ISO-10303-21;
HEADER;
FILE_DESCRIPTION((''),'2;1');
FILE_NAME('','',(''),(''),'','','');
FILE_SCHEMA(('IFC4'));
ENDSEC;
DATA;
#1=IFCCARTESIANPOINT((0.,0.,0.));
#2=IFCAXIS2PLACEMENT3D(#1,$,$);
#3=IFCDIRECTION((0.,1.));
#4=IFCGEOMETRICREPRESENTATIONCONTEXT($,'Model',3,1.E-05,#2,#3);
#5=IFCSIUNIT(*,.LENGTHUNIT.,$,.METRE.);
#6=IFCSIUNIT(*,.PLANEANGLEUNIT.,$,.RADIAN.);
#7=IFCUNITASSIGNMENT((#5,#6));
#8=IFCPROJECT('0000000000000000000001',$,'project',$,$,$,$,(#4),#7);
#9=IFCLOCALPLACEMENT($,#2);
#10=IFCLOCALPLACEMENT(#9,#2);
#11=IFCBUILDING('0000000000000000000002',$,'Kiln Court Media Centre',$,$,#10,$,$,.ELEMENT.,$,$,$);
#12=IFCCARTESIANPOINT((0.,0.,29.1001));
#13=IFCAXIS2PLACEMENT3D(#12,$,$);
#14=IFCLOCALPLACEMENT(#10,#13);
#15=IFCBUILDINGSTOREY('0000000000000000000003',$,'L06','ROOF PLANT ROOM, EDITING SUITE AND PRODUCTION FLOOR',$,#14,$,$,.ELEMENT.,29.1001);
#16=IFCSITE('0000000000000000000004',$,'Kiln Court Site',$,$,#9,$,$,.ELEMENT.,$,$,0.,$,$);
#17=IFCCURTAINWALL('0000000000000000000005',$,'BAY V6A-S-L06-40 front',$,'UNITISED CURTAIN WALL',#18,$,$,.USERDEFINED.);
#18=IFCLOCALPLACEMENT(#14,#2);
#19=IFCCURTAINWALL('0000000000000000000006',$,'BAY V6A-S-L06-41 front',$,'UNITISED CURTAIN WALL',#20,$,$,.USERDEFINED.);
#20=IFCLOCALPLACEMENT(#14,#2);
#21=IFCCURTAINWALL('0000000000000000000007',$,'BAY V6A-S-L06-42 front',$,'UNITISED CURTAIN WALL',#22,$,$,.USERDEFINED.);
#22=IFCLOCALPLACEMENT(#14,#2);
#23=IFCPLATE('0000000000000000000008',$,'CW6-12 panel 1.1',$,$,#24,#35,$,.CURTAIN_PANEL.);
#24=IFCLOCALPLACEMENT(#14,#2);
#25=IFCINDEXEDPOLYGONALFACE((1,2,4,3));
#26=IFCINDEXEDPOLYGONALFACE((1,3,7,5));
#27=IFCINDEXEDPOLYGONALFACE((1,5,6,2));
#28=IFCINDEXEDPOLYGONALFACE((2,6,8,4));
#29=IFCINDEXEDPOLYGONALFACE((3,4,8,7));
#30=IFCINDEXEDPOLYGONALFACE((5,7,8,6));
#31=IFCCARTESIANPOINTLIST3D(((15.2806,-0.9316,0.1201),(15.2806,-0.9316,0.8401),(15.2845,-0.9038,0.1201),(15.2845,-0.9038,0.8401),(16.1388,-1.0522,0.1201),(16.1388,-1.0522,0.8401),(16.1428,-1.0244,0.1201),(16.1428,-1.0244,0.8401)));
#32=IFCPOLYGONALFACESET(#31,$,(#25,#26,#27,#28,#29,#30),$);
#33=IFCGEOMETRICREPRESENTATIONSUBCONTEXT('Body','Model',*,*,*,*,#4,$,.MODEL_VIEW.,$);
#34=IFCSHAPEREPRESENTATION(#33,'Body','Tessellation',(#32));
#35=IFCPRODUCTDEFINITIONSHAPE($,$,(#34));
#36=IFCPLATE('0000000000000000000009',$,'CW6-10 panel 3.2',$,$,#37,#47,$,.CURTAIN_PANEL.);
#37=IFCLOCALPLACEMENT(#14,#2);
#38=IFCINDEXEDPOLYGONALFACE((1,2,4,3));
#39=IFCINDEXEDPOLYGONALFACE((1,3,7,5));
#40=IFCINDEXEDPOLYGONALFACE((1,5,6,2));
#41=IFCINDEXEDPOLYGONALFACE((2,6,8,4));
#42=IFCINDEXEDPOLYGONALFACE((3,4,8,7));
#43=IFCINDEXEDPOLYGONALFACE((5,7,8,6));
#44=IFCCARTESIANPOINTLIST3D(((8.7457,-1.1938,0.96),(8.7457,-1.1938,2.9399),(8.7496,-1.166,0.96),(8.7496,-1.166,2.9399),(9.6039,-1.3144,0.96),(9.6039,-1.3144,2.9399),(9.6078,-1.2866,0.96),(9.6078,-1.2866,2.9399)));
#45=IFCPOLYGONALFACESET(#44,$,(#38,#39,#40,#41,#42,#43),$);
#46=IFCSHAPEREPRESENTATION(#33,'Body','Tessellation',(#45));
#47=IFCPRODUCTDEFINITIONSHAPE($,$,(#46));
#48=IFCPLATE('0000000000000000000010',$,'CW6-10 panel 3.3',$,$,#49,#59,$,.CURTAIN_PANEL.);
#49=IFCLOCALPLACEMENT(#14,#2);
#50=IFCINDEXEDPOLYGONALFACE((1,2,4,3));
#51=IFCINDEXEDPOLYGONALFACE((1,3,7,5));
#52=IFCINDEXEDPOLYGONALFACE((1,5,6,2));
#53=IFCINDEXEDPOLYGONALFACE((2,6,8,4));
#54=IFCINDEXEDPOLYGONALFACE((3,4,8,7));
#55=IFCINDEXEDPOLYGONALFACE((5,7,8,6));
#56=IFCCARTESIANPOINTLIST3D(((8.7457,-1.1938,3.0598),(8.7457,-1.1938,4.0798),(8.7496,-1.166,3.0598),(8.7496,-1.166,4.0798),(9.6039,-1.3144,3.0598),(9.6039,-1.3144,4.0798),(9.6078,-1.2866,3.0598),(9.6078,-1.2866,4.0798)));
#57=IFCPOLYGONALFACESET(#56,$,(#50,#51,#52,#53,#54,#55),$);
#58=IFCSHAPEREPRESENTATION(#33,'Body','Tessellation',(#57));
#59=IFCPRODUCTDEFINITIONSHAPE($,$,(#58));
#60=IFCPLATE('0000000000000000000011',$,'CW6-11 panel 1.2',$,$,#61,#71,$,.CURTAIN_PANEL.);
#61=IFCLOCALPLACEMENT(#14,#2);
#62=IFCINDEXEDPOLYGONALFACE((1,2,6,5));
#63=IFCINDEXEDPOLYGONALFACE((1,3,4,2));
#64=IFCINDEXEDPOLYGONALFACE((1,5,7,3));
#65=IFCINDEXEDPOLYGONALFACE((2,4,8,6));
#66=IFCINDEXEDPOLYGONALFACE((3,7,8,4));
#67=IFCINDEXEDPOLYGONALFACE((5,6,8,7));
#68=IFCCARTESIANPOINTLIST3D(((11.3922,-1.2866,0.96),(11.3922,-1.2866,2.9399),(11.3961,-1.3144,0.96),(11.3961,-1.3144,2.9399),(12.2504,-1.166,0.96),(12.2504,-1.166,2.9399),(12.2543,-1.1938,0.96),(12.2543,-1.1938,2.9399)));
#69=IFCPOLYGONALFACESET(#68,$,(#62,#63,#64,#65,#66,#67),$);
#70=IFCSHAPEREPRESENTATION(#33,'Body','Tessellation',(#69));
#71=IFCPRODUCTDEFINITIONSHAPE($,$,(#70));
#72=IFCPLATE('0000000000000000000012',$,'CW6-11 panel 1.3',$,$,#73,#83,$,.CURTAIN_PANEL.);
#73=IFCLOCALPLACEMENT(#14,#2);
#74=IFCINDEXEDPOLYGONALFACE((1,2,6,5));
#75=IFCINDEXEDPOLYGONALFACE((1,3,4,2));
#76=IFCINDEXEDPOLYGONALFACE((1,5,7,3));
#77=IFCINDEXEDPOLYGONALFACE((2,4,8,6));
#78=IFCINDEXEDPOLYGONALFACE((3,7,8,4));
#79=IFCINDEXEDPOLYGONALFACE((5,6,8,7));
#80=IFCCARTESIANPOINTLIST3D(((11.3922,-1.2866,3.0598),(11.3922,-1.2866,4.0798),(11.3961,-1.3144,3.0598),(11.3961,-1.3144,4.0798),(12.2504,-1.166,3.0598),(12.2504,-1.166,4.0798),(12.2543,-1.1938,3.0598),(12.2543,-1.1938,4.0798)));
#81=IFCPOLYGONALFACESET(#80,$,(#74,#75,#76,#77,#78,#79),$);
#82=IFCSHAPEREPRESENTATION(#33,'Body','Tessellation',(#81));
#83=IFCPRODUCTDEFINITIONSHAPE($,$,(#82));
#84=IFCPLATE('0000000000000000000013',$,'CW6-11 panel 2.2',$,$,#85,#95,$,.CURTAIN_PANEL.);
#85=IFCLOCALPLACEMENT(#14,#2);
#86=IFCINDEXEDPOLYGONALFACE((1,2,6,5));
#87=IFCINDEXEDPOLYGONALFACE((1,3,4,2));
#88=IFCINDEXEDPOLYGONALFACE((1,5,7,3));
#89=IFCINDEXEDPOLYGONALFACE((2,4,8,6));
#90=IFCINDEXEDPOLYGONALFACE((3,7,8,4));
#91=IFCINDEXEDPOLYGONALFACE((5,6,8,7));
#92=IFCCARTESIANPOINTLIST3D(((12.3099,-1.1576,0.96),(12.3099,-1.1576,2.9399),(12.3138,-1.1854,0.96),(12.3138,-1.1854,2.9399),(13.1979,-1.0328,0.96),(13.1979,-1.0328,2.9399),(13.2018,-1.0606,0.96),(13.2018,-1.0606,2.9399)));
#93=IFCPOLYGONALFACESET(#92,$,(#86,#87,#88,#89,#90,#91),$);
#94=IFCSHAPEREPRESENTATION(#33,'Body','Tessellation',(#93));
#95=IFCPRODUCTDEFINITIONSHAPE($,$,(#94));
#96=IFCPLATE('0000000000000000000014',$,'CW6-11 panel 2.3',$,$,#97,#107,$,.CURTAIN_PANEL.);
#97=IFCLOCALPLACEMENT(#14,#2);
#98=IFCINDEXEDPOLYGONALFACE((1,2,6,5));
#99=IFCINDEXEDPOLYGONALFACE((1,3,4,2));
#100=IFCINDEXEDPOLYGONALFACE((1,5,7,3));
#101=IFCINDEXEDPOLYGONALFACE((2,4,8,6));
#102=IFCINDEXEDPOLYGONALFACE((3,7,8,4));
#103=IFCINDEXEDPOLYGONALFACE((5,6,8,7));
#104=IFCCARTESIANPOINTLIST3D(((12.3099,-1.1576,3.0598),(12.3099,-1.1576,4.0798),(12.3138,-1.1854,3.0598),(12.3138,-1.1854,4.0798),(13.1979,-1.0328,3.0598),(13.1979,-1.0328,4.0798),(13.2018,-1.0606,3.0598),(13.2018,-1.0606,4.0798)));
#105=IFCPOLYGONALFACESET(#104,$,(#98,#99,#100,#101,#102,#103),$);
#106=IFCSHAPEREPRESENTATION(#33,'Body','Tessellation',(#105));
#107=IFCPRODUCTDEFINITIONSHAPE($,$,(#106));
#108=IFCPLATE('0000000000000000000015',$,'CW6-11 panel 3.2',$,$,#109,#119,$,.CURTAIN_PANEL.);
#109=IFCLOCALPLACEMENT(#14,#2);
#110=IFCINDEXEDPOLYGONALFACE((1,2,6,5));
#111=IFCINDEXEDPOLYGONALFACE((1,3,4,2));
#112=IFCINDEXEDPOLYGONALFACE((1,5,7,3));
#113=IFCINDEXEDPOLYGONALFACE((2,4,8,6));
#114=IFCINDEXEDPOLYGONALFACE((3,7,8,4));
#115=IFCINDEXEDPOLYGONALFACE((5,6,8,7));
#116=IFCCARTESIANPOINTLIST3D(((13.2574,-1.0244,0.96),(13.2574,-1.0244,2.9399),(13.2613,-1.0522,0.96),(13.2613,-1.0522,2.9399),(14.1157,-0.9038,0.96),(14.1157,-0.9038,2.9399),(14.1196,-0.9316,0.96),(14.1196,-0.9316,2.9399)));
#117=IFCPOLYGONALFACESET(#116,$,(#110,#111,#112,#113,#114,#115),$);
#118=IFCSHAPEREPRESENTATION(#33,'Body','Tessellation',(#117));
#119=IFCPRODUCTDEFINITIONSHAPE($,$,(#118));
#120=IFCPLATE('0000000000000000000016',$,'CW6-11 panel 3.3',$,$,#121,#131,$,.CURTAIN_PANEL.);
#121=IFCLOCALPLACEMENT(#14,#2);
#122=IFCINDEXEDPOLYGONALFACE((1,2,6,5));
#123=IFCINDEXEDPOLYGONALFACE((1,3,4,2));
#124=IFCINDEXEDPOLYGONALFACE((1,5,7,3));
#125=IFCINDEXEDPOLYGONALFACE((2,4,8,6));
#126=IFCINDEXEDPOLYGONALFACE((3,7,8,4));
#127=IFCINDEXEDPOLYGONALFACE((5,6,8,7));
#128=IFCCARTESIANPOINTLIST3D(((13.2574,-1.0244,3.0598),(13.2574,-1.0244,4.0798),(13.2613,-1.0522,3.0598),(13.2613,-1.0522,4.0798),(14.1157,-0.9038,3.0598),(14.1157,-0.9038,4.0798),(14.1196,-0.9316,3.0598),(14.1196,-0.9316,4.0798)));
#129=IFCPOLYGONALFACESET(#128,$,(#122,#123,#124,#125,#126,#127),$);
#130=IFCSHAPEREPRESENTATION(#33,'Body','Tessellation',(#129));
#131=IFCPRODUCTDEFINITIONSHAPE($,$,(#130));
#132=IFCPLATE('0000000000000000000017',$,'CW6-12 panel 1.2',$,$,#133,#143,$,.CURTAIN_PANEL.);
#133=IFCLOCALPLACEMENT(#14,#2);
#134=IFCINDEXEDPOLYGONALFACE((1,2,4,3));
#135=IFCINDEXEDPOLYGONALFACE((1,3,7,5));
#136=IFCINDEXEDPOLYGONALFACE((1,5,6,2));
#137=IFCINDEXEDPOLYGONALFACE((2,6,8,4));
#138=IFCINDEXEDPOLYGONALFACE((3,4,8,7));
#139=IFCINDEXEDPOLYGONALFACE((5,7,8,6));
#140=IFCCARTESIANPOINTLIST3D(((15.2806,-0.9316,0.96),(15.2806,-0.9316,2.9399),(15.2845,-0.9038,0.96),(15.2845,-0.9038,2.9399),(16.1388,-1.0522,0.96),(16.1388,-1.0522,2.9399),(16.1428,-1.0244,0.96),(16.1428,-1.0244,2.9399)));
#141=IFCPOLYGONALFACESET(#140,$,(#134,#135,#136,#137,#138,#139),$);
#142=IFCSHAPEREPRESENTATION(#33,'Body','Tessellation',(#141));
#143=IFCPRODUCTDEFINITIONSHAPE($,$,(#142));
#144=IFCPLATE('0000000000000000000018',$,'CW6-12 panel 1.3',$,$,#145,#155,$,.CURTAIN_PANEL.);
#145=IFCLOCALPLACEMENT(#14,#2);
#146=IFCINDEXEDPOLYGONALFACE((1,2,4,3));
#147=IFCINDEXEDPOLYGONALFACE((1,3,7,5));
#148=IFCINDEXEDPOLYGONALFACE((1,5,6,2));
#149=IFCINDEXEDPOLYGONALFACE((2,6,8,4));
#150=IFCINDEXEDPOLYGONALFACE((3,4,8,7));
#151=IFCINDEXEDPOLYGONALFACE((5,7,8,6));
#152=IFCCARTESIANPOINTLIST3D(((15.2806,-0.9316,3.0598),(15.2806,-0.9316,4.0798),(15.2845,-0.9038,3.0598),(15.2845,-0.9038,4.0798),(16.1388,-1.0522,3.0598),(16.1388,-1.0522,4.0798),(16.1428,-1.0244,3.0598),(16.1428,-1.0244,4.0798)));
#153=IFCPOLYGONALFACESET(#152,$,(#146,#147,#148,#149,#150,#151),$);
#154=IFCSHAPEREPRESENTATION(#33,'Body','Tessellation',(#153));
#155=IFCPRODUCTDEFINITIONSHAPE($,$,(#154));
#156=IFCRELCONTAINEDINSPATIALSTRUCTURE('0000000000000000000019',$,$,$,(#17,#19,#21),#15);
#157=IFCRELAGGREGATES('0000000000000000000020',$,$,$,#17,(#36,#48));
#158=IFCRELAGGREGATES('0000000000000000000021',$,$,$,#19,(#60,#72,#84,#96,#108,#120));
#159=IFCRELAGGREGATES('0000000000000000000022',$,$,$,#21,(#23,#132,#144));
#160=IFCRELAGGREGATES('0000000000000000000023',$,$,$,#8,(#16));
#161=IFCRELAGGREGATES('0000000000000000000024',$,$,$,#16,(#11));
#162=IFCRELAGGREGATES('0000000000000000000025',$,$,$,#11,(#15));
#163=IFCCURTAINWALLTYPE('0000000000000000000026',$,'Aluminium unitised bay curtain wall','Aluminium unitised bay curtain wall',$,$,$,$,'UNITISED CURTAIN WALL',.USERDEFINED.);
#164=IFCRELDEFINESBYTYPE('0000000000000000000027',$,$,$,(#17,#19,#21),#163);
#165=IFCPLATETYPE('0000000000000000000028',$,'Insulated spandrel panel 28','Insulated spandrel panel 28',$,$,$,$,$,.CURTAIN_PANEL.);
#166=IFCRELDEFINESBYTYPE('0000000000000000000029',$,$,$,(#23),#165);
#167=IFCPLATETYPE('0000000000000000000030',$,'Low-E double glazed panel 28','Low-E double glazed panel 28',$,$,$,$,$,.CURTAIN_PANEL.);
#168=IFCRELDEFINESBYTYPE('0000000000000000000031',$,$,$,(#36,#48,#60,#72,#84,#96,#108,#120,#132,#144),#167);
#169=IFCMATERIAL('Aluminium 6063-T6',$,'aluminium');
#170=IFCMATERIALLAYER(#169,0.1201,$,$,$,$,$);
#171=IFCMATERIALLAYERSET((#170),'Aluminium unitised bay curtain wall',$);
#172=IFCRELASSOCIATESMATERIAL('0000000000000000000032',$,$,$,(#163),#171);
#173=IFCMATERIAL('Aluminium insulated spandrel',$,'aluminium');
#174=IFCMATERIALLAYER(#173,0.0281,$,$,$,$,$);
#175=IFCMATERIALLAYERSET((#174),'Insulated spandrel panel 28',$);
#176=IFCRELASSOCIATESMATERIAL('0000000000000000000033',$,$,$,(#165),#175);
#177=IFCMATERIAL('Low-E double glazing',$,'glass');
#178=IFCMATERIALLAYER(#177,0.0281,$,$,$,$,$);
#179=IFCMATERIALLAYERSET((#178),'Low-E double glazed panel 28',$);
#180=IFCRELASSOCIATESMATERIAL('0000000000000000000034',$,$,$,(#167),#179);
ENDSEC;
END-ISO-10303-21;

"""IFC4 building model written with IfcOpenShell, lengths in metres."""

from ifc_helpers import new_model, si_unit, direction, frame, origin, origin_2d, place, context, subcontext, project, spatial, rectangle, extrude, material, layer, layer_set, type_object, element, aggregate, save


model = new_model("IFC4")

# Units and contexts
model_context = context("Model", 3, precision=1e-05, world=origin(), true_north=direction((0.0, 1.0)))
body_context = subcontext(model_context, "Body", "Model", "MODEL_VIEW")
ifc_project = project(units=[si_unit("LENGTHUNIT", "METRE"), si_unit("PLANEANGLEUNIT", "RADIAN")], contexts=[model_context])

# Site, building, storey
site_placement = place(None, origin())
site = spatial("IfcSite", under=ifc_project, at=site_placement, Name="Kiln Court Site", CompositionType="ELEMENT", RefElevation=0.0)
building_placement = place(site_placement, origin())
building = spatial("IfcBuilding", under=site, at=building_placement, Name="Kiln Court Media Centre", CompositionType="ELEMENT")
storey_placement = place(building_placement, frame((0.0, 0.0, 29.1001)))
storey = spatial("IfcBuildingStorey", under=building, at=storey_placement, Name="L06", Description="ROOF PLANT ROOM, EDITING SUITE AND PRODUCTION FLOOR", CompositionType="ELEMENT", Elevation=29.1001)

# Curtain wall
ifc_material_1 = material(Name="Aluminium 6063-T6", Category="aluminium")
ifc_layer_1 = layer(ifc_material_1, 0.1201)
ifc_layer_set_1 = layer_set([ifc_layer_1], Name="Aluminium unitised bay curtain wall")
curtain_wall_type = type_object("IfcCurtainWallType", Name="Aluminium unitised bay curtain wall", Description="Aluminium unitised bay curtain wall", ElementType="UNITISED CURTAIN WALL", PredefinedType="USERDEFINED", material=ifc_layer_set_1)
curtain_wall_1_placement = place(storey_placement, origin())
curtain_wall_1 = element("IfcCurtainWall", 1, at=curtain_wall_1_placement, inside=storey, type_object=curtain_wall_type, Name="BAY V6A-S-L06-40 front", ObjectType="UNITISED CURTAIN WALL", PredefinedType="USERDEFINED")

# Curtain wall
curtain_wall_2_placement = place(storey_placement, origin())
curtain_wall_2 = element("IfcCurtainWall", 2, at=curtain_wall_2_placement, inside=storey, type_object=curtain_wall_type, Name="BAY V6A-S-L06-41 front", ObjectType="UNITISED CURTAIN WALL", PredefinedType="USERDEFINED")

# Curtain wall
curtain_wall_3_placement = place(storey_placement, origin())
curtain_wall_3 = element("IfcCurtainWall", 3, at=curtain_wall_3_placement, inside=storey, type_object=curtain_wall_type, Name="BAY V6A-S-L06-42 front", ObjectType="UNITISED CURTAIN WALL", PredefinedType="USERDEFINED")

# Plates
ifc_material_2 = material(Name="Aluminium insulated spandrel", Category="aluminium")
ifc_layer_2 = layer(ifc_material_2, 0.0281)
ifc_layer_set_2 = layer_set([ifc_layer_2], Name="Insulated spandrel panel 28")
plate_type_1 = type_object("IfcPlateType", Name="Insulated spandrel panel 28", Description="Insulated spandrel panel 28", PredefinedType="CURTAIN_PANEL", material=ifc_layer_set_2)
plate_1_placement = place(storey_placement, frame((15.7117, -0.978, 0.1201), z_axis=(0.0, 0.0, 1.0), x_axis=(0.99027, -0.139162, 0.0)))
plate_1 = element("IfcPlate", 4, at=plate_1_placement, type_object=plate_type_1, Name="CW6-12 panel 1.1", PredefinedType="CURTAIN_PANEL", context=body_context, shape_type="SweptSolid", body=[
    extrude(rectangle(XDim=0.8667, YDim=0.0281, at=origin_2d()), origin(), (0.0, 0.0, 1.0), 0.72),
])
ifc_material_3 = material(Name="Low-E double glazing", Category="glass")
ifc_layer_3 = layer(ifc_material_3, 0.0281)
ifc_layer_set_3 = layer_set([ifc_layer_3], Name="Low-E double glazed panel 28")
plate_type_2 = type_object("IfcPlateType", Name="Low-E double glazed panel 28", Description="Low-E double glazed panel 28", PredefinedType="CURTAIN_PANEL", material=ifc_layer_set_3)
plate_2_placement = place(storey_placement, frame((9.1768, -1.2402, 0.96), z_axis=(0.0, 0.0, 1.0), x_axis=(0.99027, -0.139162, 0.0)))
plate_2 = element("IfcPlate", 5, at=plate_2_placement, type_object=plate_type_2, Name="CW6-10 panel 3.2", PredefinedType="CURTAIN_PANEL", context=body_context, shape_type="SweptSolid", body=[
    extrude(rectangle(XDim=0.8667, YDim=0.0281, at=origin_2d()), origin(), (0.0, 0.0, 1.0), 1.98),
])
plate_3_placement = place(storey_placement, frame((9.1768, -1.2402, 3.0598), z_axis=(0.0, 0.0, 1.0), x_axis=(0.99027, -0.139162, 0.0)))
plate_3 = element("IfcPlate", 6, at=plate_3_placement, type_object=plate_type_2, Name="CW6-10 panel 3.3", PredefinedType="CURTAIN_PANEL", context=body_context, shape_type="SweptSolid", body=[
    extrude(rectangle(XDim=0.8667, YDim=0.0281, at=origin_2d()), origin(), (0.0, 0.0, 1.0), 1.02),
])
aggregate(curtain_wall_1, [plate_2, plate_3])
plate_4_placement = place(storey_placement, frame((11.8232, -1.2402, 0.96), z_axis=(0.0, 0.0, 1.0), x_axis=(0.99027, 0.139162, 0.0)))
plate_4 = element("IfcPlate", 7, at=plate_4_placement, type_object=plate_type_2, Name="CW6-11 panel 1.2", PredefinedType="CURTAIN_PANEL", context=body_context, shape_type="SweptSolid", body=[
    extrude(rectangle(XDim=0.8667, YDim=0.0281, at=origin_2d()), origin(), (0.0, 0.0, 1.0), 1.98),
])
plate_5_placement = place(storey_placement, frame((11.8232, -1.2402, 3.0598), z_axis=(0.0, 0.0, 1.0), x_axis=(0.99027, 0.139162, 0.0)))
plate_5 = element("IfcPlate", 8, at=plate_5_placement, type_object=plate_type_2, Name="CW6-11 panel 1.3", PredefinedType="CURTAIN_PANEL", context=body_context, shape_type="SweptSolid", body=[
    extrude(rectangle(XDim=0.8667, YDim=0.0281, at=origin_2d()), origin(), (0.0, 0.0, 1.0), 1.02),
])
plate_6_placement = place(storey_placement, frame((12.7559, -1.1091, 0.96), z_axis=(0.0, 0.0, 1.0), x_axis=(0.99027, 0.139162, 0.0)))
plate_6 = element("IfcPlate", 9, at=plate_6_placement, type_object=plate_type_2, Name="CW6-11 panel 2.2", PredefinedType="CURTAIN_PANEL", context=body_context, shape_type="SweptSolid", body=[
    extrude(rectangle(XDim=0.8967, YDim=0.0281, at=origin_2d()), origin(), (0.0, 0.0, 1.0), 1.98),
])
plate_7_placement = place(storey_placement, frame((12.7559, -1.1091, 3.0598), z_axis=(0.0, 0.0, 1.0), x_axis=(0.99027, 0.139162, 0.0)))
plate_7 = element("IfcPlate", 10, at=plate_7_placement, type_object=plate_type_2, Name="CW6-11 panel 2.3", PredefinedType="CURTAIN_PANEL", context=body_context, shape_type="SweptSolid", body=[
    extrude(rectangle(XDim=0.8967, YDim=0.0281, at=origin_2d()), origin(), (0.0, 0.0, 1.0), 1.02),
])
plate_8_placement = place(storey_placement, frame((13.6885, -0.978, 0.96), z_axis=(0.0, 0.0, 1.0), x_axis=(0.99027, 0.139162, 0.0)))
plate_8 = element("IfcPlate", 11, at=plate_8_placement, type_object=plate_type_2, Name="CW6-11 panel 3.2", PredefinedType="CURTAIN_PANEL", context=body_context, shape_type="SweptSolid", body=[
    extrude(rectangle(XDim=0.8667, YDim=0.0281, at=origin_2d()), origin(), (0.0, 0.0, 1.0), 1.98),
])
plate_9_placement = place(storey_placement, frame((13.6885, -0.978, 3.0598), z_axis=(0.0, 0.0, 1.0), x_axis=(0.99027, 0.139162, 0.0)))
plate_9 = element("IfcPlate", 12, at=plate_9_placement, type_object=plate_type_2, Name="CW6-11 panel 3.3", PredefinedType="CURTAIN_PANEL", context=body_context, shape_type="SweptSolid", body=[
    extrude(rectangle(XDim=0.8667, YDim=0.0281, at=origin_2d()), origin(), (0.0, 0.0, 1.0), 1.02),
])
aggregate(curtain_wall_2, [plate_4, plate_5, plate_6, plate_7, plate_8, plate_9])
plate_10_placement = place(storey_placement, frame((15.7117, -0.978, 0.96), z_axis=(0.0, 0.0, 1.0), x_axis=(0.99027, -0.139162, 0.0)))
plate_10 = element("IfcPlate", 13, at=plate_10_placement, type_object=plate_type_2, Name="CW6-12 panel 1.2", PredefinedType="CURTAIN_PANEL", context=body_context, shape_type="SweptSolid", body=[
    extrude(rectangle(XDim=0.8667, YDim=0.0281, at=origin_2d()), origin(), (0.0, 0.0, 1.0), 1.98),
])
plate_11_placement = place(storey_placement, frame((15.7117, -0.978, 3.0598), z_axis=(0.0, 0.0, 1.0), x_axis=(0.99027, -0.139162, 0.0)))
plate_11 = element("IfcPlate", 14, at=plate_11_placement, type_object=plate_type_2, Name="CW6-12 panel 1.3", PredefinedType="CURTAIN_PANEL", context=body_context, shape_type="SweptSolid", body=[
    extrude(rectangle(XDim=0.8667, YDim=0.0281, at=origin_2d()), origin(), (0.0, 0.0, 1.0), 1.02),
])
aggregate(curtain_wall_3, [plate_1, plate_10, plate_11])

save(model, "model.ifc")
